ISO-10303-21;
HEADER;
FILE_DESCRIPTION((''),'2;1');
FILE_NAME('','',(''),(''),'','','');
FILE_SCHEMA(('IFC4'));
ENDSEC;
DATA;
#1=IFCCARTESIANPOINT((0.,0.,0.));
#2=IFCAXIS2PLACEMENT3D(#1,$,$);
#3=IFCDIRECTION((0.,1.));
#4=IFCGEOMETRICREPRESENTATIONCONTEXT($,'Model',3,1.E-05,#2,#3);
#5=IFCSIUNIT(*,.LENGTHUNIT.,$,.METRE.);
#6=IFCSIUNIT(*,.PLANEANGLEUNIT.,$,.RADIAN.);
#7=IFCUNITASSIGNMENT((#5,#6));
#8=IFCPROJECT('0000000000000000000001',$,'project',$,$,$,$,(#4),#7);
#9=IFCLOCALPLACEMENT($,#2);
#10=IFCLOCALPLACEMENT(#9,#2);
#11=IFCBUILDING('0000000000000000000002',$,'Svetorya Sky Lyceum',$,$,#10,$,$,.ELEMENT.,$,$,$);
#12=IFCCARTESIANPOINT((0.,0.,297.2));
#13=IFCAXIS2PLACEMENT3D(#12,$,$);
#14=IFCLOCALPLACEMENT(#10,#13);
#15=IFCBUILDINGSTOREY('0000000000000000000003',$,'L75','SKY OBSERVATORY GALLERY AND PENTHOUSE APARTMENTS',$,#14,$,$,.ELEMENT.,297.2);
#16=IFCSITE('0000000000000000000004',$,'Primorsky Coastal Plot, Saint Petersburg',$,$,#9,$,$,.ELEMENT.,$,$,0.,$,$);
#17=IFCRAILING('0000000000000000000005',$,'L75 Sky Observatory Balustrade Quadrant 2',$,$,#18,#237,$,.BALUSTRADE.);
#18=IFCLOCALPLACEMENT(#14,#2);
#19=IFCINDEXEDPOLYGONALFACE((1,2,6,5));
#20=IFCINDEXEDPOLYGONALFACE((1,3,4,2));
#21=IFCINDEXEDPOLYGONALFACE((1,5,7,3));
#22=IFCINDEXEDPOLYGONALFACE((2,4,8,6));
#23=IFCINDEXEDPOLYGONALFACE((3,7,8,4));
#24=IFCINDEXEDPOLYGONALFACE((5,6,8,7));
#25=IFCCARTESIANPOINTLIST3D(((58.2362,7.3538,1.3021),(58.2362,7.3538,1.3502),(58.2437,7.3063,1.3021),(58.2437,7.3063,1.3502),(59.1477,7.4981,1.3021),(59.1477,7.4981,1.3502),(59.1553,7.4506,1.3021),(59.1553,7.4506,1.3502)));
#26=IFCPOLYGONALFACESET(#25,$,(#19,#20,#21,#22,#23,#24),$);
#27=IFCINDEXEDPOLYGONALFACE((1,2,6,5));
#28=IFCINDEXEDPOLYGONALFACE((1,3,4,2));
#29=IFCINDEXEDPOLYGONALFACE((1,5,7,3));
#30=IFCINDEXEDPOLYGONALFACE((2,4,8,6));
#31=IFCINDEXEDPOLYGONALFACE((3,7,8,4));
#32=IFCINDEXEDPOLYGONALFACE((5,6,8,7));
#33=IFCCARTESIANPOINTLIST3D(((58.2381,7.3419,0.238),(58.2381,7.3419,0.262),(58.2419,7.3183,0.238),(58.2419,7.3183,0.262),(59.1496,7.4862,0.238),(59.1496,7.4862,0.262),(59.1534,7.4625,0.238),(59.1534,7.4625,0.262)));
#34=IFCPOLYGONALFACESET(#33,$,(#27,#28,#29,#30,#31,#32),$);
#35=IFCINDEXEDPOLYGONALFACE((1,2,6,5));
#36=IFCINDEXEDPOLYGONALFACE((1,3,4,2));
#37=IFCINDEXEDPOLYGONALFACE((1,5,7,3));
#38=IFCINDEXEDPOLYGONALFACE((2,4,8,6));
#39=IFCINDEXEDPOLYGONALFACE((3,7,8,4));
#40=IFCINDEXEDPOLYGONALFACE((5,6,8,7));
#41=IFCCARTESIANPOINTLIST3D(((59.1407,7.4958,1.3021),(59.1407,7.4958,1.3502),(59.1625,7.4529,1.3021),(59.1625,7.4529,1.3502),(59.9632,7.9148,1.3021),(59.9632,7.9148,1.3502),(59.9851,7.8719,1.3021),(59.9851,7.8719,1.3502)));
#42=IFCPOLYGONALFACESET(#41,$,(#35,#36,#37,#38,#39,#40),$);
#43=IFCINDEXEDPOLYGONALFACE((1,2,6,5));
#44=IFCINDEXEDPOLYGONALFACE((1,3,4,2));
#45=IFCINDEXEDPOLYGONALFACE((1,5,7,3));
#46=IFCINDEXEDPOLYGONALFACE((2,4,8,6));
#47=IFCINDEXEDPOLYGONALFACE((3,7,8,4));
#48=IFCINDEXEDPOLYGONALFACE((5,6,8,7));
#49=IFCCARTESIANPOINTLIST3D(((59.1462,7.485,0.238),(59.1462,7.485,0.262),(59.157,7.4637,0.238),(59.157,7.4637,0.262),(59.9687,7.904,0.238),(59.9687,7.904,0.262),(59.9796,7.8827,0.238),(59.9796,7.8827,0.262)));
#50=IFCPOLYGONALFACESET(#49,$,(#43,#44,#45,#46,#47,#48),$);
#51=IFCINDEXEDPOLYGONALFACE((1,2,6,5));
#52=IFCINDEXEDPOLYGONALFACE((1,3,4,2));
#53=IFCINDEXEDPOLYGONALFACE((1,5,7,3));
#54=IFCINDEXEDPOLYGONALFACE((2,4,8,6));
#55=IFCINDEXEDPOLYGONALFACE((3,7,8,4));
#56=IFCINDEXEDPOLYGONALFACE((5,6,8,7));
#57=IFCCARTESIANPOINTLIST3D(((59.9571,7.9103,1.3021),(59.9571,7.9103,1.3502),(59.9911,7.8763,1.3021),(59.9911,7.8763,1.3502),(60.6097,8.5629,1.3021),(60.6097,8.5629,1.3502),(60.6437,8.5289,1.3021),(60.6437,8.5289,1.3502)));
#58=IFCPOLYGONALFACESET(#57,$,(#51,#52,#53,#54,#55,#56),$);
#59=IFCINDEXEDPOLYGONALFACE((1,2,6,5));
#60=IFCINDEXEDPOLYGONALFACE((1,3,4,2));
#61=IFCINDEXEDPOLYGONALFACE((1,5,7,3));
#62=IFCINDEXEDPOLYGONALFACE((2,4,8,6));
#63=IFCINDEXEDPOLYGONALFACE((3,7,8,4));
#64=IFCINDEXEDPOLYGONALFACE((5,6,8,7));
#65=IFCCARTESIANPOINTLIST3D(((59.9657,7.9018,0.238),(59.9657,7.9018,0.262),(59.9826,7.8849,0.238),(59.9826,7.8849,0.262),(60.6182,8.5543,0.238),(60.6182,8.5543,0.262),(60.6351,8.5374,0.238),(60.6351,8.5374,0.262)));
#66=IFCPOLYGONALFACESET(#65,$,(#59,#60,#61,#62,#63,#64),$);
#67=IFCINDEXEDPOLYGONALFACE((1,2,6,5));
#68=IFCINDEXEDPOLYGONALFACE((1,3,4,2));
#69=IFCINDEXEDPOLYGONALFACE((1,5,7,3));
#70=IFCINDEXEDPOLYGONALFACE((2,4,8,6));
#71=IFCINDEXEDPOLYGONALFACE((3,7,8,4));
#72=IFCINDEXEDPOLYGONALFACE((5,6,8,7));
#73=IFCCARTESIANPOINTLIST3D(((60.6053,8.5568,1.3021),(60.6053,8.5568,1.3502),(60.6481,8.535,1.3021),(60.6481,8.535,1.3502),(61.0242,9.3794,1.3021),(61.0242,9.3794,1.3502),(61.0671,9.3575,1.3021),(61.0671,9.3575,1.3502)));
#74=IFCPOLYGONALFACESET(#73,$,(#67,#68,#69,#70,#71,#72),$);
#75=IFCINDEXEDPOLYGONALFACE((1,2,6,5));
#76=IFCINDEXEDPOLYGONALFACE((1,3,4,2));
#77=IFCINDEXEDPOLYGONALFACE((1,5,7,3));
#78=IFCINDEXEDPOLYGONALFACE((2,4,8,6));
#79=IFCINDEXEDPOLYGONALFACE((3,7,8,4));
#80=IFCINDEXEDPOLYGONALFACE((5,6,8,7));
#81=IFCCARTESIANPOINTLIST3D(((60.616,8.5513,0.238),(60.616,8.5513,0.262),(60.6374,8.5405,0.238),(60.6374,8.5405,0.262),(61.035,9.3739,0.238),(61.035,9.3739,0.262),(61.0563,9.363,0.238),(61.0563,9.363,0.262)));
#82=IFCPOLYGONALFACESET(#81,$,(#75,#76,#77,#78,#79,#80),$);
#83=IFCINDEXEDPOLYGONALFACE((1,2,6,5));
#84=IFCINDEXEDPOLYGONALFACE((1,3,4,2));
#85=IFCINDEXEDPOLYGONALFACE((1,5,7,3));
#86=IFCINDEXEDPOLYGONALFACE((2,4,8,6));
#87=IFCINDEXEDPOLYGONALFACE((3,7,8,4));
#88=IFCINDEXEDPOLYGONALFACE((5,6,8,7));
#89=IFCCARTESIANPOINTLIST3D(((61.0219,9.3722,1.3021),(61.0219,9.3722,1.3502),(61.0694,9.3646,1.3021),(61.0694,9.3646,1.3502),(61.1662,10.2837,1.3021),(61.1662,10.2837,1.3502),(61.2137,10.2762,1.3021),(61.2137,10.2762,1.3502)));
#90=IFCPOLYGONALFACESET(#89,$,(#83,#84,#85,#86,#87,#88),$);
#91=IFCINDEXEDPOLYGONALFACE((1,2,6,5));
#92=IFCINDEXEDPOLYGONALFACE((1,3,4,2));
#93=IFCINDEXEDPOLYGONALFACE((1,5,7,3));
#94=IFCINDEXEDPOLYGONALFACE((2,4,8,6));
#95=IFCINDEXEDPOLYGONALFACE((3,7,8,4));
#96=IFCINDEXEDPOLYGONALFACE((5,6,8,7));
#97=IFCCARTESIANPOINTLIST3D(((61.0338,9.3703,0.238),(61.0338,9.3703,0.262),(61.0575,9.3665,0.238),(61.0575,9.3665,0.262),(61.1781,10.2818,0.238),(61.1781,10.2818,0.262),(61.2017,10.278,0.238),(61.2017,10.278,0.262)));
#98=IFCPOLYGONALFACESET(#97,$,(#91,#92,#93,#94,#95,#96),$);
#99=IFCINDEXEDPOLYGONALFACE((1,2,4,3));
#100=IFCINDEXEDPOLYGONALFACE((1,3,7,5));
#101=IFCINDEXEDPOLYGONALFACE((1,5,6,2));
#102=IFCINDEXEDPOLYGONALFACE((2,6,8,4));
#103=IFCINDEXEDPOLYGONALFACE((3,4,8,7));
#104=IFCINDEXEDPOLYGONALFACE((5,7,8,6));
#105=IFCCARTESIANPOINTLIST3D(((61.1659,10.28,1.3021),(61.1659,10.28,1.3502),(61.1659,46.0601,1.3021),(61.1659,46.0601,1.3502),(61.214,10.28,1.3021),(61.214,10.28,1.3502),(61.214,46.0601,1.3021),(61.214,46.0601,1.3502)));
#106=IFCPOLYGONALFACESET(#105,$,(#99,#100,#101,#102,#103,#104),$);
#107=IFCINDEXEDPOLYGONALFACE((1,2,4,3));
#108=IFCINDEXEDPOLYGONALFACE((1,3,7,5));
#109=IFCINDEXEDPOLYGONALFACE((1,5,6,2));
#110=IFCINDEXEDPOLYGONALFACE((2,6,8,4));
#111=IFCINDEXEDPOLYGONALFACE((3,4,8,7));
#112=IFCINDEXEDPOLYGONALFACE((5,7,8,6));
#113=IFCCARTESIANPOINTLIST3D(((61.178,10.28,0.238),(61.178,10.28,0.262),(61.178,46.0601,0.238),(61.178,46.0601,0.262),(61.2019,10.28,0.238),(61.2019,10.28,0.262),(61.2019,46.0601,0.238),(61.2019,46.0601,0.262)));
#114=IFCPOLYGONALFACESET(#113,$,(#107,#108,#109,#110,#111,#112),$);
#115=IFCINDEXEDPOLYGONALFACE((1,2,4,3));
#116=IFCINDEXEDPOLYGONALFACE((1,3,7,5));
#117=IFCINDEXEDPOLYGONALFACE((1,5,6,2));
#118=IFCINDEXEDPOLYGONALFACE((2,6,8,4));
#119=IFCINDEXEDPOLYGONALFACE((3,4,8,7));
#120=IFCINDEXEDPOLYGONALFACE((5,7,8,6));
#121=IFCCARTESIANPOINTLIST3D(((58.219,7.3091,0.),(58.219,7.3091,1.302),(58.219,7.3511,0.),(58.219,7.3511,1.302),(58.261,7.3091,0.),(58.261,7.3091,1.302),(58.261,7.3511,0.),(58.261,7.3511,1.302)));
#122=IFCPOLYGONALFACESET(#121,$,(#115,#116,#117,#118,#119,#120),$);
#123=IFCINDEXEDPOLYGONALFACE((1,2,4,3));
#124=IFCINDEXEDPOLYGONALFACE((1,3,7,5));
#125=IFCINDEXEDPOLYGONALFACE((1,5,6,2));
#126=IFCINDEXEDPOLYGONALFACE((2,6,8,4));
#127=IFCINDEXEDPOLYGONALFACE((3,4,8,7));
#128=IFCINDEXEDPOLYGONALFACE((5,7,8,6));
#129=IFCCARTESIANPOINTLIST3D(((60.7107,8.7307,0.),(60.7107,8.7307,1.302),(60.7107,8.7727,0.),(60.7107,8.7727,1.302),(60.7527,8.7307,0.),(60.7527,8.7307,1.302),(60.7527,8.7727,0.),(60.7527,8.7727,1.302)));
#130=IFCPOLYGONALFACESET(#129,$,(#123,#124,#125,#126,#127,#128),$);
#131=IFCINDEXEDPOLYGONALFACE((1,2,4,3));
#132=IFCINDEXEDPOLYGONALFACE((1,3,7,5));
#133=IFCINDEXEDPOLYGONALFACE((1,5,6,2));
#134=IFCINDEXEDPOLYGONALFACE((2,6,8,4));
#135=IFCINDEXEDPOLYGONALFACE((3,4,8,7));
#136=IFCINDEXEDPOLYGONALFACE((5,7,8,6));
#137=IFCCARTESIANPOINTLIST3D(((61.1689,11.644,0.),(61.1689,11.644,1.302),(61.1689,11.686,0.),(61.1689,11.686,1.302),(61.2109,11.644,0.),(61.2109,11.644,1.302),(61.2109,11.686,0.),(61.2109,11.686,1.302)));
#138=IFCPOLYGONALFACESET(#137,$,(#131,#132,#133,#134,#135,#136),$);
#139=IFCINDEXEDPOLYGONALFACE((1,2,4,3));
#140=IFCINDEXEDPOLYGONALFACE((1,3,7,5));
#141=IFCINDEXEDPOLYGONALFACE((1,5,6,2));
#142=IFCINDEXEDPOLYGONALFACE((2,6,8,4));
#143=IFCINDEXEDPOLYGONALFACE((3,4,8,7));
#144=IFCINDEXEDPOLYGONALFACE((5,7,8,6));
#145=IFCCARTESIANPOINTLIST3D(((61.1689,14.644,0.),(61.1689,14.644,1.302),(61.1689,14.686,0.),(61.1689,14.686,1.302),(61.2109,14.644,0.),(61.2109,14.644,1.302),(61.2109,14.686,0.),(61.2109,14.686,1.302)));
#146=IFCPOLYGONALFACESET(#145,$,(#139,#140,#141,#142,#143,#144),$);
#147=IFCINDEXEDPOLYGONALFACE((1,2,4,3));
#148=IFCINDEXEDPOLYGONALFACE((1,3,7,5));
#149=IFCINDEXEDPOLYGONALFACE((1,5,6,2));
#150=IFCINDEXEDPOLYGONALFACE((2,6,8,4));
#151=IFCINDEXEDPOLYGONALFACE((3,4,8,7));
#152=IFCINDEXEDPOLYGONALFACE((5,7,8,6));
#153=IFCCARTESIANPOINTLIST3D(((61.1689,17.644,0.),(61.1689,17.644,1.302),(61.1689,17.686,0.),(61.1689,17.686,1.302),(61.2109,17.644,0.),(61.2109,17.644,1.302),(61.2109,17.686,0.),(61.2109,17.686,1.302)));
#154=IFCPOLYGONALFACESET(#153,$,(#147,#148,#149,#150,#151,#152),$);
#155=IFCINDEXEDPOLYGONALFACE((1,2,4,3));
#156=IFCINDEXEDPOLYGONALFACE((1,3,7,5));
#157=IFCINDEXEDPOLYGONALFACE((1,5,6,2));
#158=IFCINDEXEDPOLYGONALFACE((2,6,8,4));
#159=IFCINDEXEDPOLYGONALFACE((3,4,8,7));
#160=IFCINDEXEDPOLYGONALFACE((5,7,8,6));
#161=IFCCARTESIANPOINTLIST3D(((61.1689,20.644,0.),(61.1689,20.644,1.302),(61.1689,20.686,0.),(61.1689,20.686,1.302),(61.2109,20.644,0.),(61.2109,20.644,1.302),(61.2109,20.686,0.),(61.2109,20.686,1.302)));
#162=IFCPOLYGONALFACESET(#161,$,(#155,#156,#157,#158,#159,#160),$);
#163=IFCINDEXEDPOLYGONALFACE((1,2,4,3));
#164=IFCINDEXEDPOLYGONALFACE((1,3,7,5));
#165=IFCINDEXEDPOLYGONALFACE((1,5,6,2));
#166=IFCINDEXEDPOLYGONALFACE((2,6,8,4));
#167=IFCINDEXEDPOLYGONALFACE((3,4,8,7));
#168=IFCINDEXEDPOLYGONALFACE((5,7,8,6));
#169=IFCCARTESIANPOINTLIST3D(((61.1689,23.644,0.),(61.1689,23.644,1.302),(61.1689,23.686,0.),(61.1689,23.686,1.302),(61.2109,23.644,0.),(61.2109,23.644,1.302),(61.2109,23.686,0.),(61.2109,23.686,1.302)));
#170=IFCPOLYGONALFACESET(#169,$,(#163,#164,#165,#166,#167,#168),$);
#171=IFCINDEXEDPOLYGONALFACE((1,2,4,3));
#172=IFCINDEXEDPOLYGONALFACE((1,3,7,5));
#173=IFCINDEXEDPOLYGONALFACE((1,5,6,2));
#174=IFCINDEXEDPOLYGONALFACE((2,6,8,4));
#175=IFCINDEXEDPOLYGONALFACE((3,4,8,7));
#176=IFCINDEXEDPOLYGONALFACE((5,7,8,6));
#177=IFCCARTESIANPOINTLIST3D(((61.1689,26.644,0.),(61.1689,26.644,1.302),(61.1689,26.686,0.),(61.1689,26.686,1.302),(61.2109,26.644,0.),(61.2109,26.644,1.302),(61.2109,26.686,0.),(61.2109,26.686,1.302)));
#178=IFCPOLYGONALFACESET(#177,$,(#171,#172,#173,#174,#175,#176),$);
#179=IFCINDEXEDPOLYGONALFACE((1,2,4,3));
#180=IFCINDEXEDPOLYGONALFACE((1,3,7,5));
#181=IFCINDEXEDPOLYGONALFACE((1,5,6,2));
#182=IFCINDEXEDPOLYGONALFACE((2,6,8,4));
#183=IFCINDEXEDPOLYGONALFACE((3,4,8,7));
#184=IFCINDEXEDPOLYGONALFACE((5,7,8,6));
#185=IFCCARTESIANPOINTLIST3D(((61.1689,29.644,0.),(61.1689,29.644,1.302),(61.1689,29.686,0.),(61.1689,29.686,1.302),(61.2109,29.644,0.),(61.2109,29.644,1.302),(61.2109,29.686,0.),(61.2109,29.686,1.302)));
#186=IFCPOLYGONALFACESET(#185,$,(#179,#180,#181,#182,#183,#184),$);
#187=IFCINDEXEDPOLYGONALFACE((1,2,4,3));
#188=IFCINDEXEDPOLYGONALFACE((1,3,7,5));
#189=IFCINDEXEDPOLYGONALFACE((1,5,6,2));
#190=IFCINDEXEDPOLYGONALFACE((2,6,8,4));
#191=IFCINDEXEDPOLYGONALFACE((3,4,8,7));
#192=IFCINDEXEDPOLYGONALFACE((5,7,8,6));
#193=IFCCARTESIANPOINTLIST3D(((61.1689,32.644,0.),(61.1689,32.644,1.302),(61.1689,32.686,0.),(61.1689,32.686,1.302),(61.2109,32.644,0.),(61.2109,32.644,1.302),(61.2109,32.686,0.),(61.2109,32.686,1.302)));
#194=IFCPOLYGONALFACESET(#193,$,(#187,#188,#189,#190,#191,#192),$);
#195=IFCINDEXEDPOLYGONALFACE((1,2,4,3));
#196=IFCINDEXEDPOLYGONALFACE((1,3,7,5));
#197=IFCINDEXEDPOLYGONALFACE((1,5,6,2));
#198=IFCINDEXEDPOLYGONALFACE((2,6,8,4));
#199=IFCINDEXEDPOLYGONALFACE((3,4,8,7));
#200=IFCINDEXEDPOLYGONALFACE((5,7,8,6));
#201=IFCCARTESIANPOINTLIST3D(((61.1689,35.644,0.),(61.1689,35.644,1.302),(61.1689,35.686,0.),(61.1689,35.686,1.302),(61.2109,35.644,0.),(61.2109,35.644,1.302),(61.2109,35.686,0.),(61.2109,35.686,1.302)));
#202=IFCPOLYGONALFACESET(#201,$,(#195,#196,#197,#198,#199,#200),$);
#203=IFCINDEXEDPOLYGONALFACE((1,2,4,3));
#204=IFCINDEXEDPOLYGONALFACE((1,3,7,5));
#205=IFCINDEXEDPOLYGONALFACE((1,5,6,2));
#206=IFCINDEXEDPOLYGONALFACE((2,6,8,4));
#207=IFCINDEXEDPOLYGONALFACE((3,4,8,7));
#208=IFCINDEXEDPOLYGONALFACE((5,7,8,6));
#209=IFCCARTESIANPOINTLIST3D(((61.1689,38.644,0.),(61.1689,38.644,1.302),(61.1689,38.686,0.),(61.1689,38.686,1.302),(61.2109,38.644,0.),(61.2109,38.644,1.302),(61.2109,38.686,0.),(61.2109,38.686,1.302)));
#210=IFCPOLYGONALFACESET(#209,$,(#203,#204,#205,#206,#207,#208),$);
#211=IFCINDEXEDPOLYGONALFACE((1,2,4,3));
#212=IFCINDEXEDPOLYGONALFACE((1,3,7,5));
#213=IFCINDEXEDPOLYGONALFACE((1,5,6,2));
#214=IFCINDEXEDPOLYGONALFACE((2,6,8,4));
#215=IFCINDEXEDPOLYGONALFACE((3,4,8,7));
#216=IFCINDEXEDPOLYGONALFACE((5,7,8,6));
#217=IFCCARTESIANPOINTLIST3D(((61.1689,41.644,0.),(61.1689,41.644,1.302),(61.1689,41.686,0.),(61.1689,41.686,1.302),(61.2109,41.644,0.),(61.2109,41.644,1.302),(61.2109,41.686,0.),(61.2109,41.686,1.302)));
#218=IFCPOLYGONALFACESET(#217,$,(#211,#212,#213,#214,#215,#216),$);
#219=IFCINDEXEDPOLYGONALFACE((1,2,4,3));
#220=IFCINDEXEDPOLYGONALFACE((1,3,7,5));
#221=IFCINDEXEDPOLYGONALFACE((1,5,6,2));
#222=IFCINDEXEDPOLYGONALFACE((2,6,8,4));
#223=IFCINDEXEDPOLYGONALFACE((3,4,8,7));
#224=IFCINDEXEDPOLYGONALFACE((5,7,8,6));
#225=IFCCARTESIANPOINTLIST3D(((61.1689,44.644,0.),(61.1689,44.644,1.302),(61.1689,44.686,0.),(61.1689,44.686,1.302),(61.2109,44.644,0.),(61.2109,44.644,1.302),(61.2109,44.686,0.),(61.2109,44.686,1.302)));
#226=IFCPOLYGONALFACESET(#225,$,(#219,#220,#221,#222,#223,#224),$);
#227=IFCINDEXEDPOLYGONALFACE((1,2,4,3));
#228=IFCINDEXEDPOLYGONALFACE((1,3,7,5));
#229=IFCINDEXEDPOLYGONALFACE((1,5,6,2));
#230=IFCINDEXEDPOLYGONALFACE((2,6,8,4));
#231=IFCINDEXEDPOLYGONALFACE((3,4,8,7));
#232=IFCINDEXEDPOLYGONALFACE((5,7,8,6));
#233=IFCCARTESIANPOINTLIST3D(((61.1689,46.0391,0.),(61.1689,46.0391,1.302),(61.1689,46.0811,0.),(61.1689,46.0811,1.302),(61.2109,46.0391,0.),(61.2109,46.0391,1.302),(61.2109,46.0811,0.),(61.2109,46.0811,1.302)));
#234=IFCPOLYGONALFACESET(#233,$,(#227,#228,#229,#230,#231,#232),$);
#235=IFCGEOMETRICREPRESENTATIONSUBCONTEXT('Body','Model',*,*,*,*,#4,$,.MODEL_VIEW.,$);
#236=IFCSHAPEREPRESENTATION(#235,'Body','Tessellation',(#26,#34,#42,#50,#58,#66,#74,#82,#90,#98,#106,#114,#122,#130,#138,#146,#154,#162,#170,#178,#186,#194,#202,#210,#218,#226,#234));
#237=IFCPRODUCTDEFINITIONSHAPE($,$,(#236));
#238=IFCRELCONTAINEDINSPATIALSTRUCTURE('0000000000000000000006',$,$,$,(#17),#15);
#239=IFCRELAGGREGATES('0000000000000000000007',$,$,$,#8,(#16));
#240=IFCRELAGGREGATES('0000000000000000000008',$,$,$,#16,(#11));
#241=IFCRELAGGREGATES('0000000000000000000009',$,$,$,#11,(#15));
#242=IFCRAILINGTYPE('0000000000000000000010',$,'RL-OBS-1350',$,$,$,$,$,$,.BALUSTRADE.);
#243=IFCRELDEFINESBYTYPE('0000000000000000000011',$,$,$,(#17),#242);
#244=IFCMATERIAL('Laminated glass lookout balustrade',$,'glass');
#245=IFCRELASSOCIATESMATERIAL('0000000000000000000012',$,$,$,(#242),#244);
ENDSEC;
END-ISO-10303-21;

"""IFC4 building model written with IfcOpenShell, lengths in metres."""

from ifc_helpers import new_model, si_unit, direction, frame, origin, origin_2d, place, context, subcontext, project, spatial, rectangle, extrude, material, type_object, element, save


model = new_model("IFC4")

# Units and contexts
model_context = context("Model", 3, precision=1e-05, world=origin(), true_north=direction((0.0, 1.0)))
body_context = subcontext(model_context, "Body", "Model", "MODEL_VIEW")
ifc_project = project(units=[si_unit("LENGTHUNIT", "METRE"), si_unit("PLANEANGLEUNIT", "RADIAN")], contexts=[model_context])

# Site, building, storey
site_placement = place(None, origin())
site = spatial("IfcSite", under=ifc_project, at=site_placement, Name="Primorsky Coastal Plot, Saint Petersburg", CompositionType="ELEMENT", RefElevation=0.0)
building_placement = place(site_placement, origin())
building = spatial("IfcBuilding", under=site, at=building_placement, Name="Svetorya Sky Lyceum", CompositionType="ELEMENT")
storey_placement = place(building_placement, frame((0.0, 0.0, 297.2)))
storey = spatial("IfcBuildingStorey", under=building, at=storey_placement, Name="L75", Description="SKY OBSERVATORY GALLERY AND PENTHOUSE APARTMENTS", CompositionType="ELEMENT", Elevation=297.2)

# Railing
ifc_material_1 = material(Name="Laminated glass lookout balustrade", Category="glass")
railing_type = type_object("IfcRailingType", Name="RL-OBS-1350", PredefinedType="BALUSTRADE", material=ifc_material_1)
railing_placement = place(storey_placement, frame((58.24, 7.3301, 0.0)))
element("IfcRailing", 1, at=railing_placement, inside=storey, type_object=railing_type, Name="L75 Sky Observatory Balustrade Quadrant 2", PredefinedType="BALUSTRADE", context=body_context, shape_type="SweptSolid", body=[
    extrude(rectangle(XDim=0.0481, YDim=0.0481, at=origin_2d()), frame((0.0, 0.0, 1.3262), z_axis=(0.987705, 0.156329, 0.0), x_axis=(-0.156329, 0.987705, 0.0)), (0.0, 0.0, 1.0), 0.9229),
    extrude(rectangle(XDim=0.0239, YDim=0.0239, at=origin_2d()), frame((0.0, 0.0, 0.25), z_axis=(0.987705, 0.156329, 0.0), x_axis=(-0.156329, 0.987705, 0.0)), (0.0, 0.0, 1.0), 0.9229),
    extrude(rectangle(XDim=0.0481, YDim=0.0481, at=origin_2d()), frame((0.9116, 0.1443, 1.3262), z_axis=(0.89107, 0.453866, 0.0), x_axis=(-0.453866, 0.89107, 0.0)), (0.0, 0.0, 1.0), 0.9231),
    extrude(rectangle(XDim=0.0239, YDim=0.0239, at=origin_2d()), frame((0.9116, 0.1443, 0.25), z_axis=(0.89107, 0.453866, 0.0), x_axis=(-0.453866, 0.89107, 0.0)), (0.0, 0.0, 1.0), 0.9231),
    extrude(rectangle(XDim=0.0481, YDim=0.0481, at=origin_2d()), frame((1.7341, 0.5632, 1.3262), z_axis=(0.707107, 0.707107, 0.0), x_axis=(-0.707107, 0.707107, 0.0)), (0.0, 0.0, 1.0), 0.9229),
    extrude(rectangle(XDim=0.0239, YDim=0.0239, at=origin_2d()), frame((1.7341, 0.5632, 0.25), z_axis=(0.707107, 0.707107, 0.0), x_axis=(-0.707107, 0.707107, 0.0)), (0.0, 0.0, 1.0), 0.9229),
    extrude(rectangle(XDim=0.0481, YDim=0.0481, at=origin_2d()), frame((2.3867, 1.2158, 1.3262), z_axis=(0.453866, 0.89107, 0.0), x_axis=(-0.89107, 0.453866, 0.0)), (0.0, 0.0, 1.0), 0.9231),
    extrude(rectangle(XDim=0.0239, YDim=0.0239, at=origin_2d()), frame((2.3867, 1.2158, 0.25), z_axis=(0.453866, 0.89107, 0.0), x_axis=(-0.89107, 0.453866, 0.0)), (0.0, 0.0, 1.0), 0.9231),
    extrude(rectangle(XDim=0.0481, YDim=0.0481, at=origin_2d()), frame((2.8057, 2.0383, 1.3262), z_axis=(0.156329, 0.987705, 0.0), x_axis=(-0.987705, 0.156329, 0.0)), (0.0, 0.0, 1.0), 0.9229),
    extrude(rectangle(XDim=0.0239, YDim=0.0239, at=origin_2d()), frame((2.8057, 2.0383, 0.25), z_axis=(0.156329, 0.987705, 0.0), x_axis=(-0.987705, 0.156329, 0.0)), (0.0, 0.0, 1.0), 0.9229),
    extrude(rectangle(XDim=0.0481, YDim=0.0481, at=origin_2d()), frame((2.95, 2.95, 1.3262), z_axis=(0.0, 1.0, 0.0), x_axis=(-1.0, 0.0, 0.0)), (0.0, 0.0, 1.0), 35.78),
    extrude(rectangle(XDim=0.0239, YDim=0.0239, at=origin_2d()), frame((2.95, 2.95, 0.25), z_axis=(0.0, 1.0, 0.0), x_axis=(-1.0, 0.0, 0.0)), (0.0, 0.0, 1.0), 35.78),
    extrude(rectangle(XDim=0.042, YDim=0.042, at=origin_2d()), origin(), (0.0, 0.0, 1.0), 1.302),
    extrude(rectangle(XDim=0.042, YDim=0.042, at=origin_2d()), frame((2.4917, 1.4216, 0.0)), (0.0, 0.0, 1.0), 1.302),
    extrude(rectangle(XDim=0.042, YDim=0.042, at=origin_2d()), frame((2.95, 4.335, 0.0)), (0.0, 0.0, 1.0), 1.302),
    extrude(rectangle(XDim=0.042, YDim=0.042, at=origin_2d()), frame((2.95, 7.335, 0.0)), (0.0, 0.0, 1.0), 1.302),
    extrude(rectangle(XDim=0.042, YDim=0.042, at=origin_2d()), frame((2.95, 10.335, 0.0)), (0.0, 0.0, 1.0), 1.302),
    extrude(rectangle(XDim=0.042, YDim=0.042, at=origin_2d()), frame((2.95, 13.335, 0.0)), (0.0, 0.0, 1.0), 1.302),
    extrude(rectangle(XDim=0.042, YDim=0.042, at=origin_2d()), frame((2.95, 16.335, 0.0)), (0.0, 0.0, 1.0), 1.302),
    extrude(rectangle(XDim=0.042, YDim=0.042, at=origin_2d()), frame((2.95, 19.335, 0.0)), (0.0, 0.0, 1.0), 1.302),
    extrude(rectangle(XDim=0.042, YDim=0.042, at=origin_2d()), frame((2.95, 22.335, 0.0)), (0.0, 0.0, 1.0), 1.302),
    extrude(rectangle(XDim=0.042, YDim=0.042, at=origin_2d()), frame((2.95, 25.335, 0.0)), (0.0, 0.0, 1.0), 1.302),
    extrude(rectangle(XDim=0.042, YDim=0.042, at=origin_2d()), frame((2.95, 28.335, 0.0)), (0.0, 0.0, 1.0), 1.302),
    extrude(rectangle(XDim=0.042, YDim=0.042, at=origin_2d()), frame((2.95, 31.335, 0.0)), (0.0, 0.0, 1.0), 1.302),
    extrude(rectangle(XDim=0.042, YDim=0.042, at=origin_2d()), frame((2.95, 34.335, 0.0)), (0.0, 0.0, 1.0), 1.302),
    extrude(rectangle(XDim=0.042, YDim=0.042, at=origin_2d()), frame((2.95, 37.335, 0.0)), (0.0, 0.0, 1.0), 1.302),
    extrude(rectangle(XDim=0.042, YDim=0.042, at=origin_2d()), frame((2.95, 38.73, 0.0)), (0.0, 0.0, 1.0), 1.302),
])

save(model, "model.ifc")
